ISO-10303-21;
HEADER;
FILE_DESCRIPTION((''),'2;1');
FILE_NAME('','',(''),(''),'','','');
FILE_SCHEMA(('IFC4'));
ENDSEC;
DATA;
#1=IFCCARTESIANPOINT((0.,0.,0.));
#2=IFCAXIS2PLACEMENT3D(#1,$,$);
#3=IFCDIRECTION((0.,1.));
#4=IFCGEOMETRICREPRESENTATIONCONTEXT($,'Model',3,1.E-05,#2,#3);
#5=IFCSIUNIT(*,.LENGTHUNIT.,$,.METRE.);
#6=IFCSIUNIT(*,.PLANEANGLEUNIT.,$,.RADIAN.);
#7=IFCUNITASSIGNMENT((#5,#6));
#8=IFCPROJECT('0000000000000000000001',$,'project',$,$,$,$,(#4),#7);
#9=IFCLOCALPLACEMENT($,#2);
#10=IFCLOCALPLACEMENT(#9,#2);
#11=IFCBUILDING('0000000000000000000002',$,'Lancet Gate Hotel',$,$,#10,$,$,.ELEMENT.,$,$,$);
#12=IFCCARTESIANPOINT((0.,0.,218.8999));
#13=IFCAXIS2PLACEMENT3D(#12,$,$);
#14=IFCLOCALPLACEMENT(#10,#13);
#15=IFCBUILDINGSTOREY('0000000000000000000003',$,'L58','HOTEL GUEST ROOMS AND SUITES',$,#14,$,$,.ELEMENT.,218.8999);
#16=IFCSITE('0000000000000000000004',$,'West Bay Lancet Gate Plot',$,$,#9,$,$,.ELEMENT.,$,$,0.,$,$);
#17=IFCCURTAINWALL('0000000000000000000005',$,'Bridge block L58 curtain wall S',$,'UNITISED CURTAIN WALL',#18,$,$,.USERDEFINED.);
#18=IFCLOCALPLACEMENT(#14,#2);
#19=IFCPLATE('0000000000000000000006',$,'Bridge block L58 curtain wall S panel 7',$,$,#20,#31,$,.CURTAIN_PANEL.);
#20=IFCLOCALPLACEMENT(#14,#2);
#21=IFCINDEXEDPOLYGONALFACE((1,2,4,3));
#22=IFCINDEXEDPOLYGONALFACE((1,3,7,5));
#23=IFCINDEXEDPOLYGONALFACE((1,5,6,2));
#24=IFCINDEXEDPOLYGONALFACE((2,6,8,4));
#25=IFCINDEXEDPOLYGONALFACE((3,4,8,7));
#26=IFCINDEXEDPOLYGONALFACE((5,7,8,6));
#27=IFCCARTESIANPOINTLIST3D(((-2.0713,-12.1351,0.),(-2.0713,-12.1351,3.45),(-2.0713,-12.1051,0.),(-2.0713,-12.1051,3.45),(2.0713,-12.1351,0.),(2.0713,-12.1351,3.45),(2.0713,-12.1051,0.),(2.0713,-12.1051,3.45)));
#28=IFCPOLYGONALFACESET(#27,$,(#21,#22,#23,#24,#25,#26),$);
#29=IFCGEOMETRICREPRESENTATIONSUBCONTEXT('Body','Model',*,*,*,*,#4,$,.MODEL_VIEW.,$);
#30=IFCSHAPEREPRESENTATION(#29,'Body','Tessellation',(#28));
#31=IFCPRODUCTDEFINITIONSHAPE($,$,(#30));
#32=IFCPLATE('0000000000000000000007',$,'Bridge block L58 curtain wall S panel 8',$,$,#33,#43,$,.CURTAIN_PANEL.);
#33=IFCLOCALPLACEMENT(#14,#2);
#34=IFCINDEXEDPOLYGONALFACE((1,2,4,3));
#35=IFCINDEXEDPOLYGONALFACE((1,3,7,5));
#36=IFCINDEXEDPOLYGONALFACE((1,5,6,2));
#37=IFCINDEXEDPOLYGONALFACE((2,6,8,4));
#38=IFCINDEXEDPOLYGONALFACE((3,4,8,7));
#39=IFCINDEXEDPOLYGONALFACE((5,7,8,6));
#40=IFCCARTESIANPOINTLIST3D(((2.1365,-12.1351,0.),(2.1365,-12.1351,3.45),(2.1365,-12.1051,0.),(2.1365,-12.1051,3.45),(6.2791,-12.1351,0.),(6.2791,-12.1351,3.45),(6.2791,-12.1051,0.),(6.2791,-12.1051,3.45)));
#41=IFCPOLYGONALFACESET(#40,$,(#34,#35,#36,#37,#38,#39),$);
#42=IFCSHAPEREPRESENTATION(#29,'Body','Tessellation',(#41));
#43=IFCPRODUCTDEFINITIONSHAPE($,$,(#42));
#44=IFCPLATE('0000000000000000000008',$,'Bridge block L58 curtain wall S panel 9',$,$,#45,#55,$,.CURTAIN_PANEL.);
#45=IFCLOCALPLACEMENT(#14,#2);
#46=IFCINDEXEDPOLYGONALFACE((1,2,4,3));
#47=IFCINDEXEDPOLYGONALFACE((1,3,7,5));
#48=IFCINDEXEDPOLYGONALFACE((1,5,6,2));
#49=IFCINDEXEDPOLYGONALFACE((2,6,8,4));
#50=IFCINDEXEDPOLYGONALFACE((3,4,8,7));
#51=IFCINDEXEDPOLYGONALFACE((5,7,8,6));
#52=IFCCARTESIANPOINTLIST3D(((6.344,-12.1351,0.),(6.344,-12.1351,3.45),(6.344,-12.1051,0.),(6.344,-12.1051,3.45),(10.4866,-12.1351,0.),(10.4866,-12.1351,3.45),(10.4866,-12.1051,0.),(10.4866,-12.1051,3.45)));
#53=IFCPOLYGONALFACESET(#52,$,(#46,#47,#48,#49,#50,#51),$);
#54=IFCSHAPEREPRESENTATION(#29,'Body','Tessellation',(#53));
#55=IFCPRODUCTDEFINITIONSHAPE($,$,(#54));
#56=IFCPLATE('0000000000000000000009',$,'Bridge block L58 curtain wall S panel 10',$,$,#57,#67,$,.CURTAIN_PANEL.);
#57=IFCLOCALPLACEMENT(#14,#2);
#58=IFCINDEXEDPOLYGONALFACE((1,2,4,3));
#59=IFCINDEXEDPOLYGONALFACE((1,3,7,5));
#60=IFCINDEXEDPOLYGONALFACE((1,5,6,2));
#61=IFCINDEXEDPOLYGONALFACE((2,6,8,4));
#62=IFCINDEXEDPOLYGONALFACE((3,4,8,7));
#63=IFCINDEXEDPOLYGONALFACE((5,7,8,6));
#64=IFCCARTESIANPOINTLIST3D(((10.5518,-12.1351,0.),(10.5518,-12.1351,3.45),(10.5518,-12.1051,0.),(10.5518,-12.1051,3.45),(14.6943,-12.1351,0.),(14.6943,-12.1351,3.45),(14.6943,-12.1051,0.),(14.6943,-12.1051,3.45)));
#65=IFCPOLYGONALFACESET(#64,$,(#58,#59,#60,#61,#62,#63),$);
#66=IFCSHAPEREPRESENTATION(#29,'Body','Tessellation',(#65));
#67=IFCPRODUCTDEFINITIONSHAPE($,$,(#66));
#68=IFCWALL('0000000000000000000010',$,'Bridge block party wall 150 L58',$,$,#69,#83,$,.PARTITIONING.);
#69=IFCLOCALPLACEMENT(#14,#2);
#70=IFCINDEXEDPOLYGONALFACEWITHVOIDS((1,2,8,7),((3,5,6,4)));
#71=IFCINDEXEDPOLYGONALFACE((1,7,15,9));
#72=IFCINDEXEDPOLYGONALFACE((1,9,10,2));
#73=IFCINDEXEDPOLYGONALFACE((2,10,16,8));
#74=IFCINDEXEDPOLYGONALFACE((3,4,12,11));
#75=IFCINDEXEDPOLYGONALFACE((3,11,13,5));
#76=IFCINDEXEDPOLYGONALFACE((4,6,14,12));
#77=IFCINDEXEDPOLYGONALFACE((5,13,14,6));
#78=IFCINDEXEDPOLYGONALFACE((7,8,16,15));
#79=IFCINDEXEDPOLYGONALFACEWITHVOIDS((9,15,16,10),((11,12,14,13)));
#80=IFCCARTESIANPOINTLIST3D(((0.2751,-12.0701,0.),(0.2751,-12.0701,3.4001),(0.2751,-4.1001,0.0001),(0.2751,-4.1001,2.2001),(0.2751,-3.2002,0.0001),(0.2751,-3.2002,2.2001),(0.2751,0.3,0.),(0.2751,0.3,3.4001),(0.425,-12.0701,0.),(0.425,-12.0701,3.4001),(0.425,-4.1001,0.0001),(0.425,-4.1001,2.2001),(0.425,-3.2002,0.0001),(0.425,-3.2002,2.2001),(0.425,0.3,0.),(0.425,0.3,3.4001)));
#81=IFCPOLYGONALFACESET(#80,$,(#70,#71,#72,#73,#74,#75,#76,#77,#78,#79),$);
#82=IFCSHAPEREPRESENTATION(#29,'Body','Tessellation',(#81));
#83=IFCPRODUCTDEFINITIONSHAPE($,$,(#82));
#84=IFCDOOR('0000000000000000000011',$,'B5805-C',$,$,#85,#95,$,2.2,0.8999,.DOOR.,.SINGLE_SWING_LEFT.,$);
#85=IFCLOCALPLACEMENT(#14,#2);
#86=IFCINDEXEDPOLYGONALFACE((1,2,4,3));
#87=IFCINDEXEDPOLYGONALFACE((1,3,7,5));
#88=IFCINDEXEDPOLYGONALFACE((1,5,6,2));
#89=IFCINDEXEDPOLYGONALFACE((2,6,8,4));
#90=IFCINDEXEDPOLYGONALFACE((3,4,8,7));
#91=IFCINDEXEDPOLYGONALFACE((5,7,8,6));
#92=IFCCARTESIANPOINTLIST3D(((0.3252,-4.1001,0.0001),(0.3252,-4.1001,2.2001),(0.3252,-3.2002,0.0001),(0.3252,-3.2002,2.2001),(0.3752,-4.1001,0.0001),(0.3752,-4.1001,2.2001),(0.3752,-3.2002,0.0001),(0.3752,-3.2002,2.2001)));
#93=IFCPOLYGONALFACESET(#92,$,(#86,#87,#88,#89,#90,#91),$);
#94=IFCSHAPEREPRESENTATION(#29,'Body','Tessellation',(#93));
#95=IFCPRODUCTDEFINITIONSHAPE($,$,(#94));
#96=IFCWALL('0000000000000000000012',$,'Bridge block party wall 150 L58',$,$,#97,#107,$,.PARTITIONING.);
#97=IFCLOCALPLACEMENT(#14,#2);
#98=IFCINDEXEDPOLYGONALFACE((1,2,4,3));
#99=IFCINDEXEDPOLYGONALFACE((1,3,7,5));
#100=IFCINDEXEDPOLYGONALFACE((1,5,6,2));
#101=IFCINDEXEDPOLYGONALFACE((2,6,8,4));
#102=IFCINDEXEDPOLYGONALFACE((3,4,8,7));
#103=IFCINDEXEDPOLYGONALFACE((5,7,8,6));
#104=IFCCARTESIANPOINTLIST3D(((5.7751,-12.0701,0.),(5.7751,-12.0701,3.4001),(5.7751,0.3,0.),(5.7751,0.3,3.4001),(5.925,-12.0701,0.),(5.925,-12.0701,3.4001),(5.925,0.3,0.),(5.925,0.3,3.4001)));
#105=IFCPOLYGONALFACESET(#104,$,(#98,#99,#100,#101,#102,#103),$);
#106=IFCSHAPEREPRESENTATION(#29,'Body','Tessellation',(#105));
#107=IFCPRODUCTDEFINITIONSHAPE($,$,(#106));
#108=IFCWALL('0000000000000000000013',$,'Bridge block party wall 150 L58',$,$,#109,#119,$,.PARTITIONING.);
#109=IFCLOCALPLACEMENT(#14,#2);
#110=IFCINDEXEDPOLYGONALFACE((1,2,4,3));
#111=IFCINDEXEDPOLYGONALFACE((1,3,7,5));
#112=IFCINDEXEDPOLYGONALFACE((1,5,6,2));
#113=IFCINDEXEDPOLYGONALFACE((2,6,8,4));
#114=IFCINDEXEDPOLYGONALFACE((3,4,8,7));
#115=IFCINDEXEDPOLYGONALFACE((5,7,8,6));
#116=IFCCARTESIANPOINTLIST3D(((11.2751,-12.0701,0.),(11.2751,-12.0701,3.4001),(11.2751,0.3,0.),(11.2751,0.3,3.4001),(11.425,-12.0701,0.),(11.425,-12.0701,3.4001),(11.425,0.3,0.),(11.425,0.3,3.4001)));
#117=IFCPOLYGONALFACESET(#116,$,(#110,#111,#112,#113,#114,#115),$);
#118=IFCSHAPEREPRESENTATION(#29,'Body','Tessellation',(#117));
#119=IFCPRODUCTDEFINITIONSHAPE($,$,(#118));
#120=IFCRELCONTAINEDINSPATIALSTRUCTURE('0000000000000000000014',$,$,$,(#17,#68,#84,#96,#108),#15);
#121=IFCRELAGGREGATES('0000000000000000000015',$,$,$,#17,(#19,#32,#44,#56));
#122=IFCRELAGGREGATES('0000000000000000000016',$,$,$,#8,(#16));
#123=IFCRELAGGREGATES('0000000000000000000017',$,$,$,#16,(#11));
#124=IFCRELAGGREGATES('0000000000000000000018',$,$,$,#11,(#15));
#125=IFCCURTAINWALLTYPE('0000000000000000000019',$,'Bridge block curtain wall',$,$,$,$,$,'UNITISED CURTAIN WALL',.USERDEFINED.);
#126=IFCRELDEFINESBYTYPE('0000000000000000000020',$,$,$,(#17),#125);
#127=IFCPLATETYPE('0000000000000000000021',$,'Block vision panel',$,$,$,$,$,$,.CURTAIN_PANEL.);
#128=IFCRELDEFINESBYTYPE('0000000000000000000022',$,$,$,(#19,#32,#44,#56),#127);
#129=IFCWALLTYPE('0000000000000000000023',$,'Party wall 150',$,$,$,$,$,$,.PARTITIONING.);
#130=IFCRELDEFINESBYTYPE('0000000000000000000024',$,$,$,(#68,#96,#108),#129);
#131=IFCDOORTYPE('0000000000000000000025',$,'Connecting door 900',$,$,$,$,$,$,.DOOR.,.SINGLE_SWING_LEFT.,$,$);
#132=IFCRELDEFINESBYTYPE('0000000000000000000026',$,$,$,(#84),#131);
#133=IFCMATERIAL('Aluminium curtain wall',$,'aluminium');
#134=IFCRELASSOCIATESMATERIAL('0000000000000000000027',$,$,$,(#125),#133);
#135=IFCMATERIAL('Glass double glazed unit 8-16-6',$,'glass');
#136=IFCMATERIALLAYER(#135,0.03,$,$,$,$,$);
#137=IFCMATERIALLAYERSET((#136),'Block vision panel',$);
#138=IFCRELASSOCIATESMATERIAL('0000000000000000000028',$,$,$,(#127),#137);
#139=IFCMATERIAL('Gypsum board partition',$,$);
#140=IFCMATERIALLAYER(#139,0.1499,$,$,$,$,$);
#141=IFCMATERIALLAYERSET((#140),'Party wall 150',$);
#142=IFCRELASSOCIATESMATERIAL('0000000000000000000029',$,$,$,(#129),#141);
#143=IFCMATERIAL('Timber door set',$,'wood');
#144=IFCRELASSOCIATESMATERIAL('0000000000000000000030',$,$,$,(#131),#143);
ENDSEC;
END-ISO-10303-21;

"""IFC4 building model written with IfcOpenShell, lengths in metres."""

from ifc_helpers import new_model, si_unit, direction, frame, frame_2d, origin, origin_2d, place, context, subcontext, project, spatial, rectangle, extrude, material, layer, layer_set, type_object, element, fill, aggregate, save


model = new_model("IFC4")

# Units and contexts
model_context = context("Model", 3, precision=1e-05, world=origin(), true_north=direction((0.0, 1.0)))
body_context = subcontext(model_context, "Body", "Model", "MODEL_VIEW")
ifc_project = project(units=[si_unit("LENGTHUNIT", "METRE"), si_unit("PLANEANGLEUNIT", "RADIAN")], contexts=[model_context])

# Site, building, storey
site_placement = place(None, origin())
site = spatial("IfcSite", under=ifc_project, at=site_placement, Name="West Bay Lancet Gate Plot", CompositionType="ELEMENT", RefElevation=0.0)
building_placement = place(site_placement, origin())
building = spatial("IfcBuilding", under=site, at=building_placement, Name="Lancet Gate Hotel", CompositionType="ELEMENT")
storey_placement = place(building_placement, frame((0.0, 0.0, 218.8999)))
storey = spatial("IfcBuildingStorey", under=building, at=storey_placement, Name="L58", Description="HOTEL GUEST ROOMS AND SUITES", CompositionType="ELEMENT", Elevation=218.8999)

# Curtain wall
ifc_material_1 = material(Name="Aluminium curtain wall", Category="aluminium")
curtain_wall_type = type_object("IfcCurtainWallType", Name="Bridge block curtain wall", ElementType="UNITISED CURTAIN WALL", PredefinedType="USERDEFINED", material=ifc_material_1)
curtain_wall_placement = place(storey_placement, origin())
curtain_wall = element("IfcCurtainWall", 1, at=curtain_wall_placement, inside=storey, type_object=curtain_wall_type, Name="Bridge block L58 curtain wall S", ObjectType="UNITISED CURTAIN WALL", PredefinedType="USERDEFINED")

# Plates
ifc_material_2 = material(Name="Glass double glazed unit 8-16-6", Category="glass")
ifc_layer_1 = layer(ifc_material_2, 0.03)
ifc_layer_set_1 = layer_set([ifc_layer_1], Name="Block vision panel")
plate_type = type_object("IfcPlateType", Name="Block vision panel", PredefinedType="CURTAIN_PANEL", material=ifc_layer_set_1)
plate_1_placement = place(storey_placement, frame((0.0, -12.1201, 0.0), z_axis=(0.0, 0.0, 1.0), x_axis=(1.0, 0.0, 0.0)))
plate_1 = element("IfcPlate", 2, at=plate_1_placement, type_object=plate_type, Name="Bridge block L58 curtain wall S panel 7", PredefinedType="CURTAIN_PANEL", context=body_context, shape_type="SweptSolid", body=[
    extrude(rectangle(XDim=4.1426, YDim=0.03, at=origin_2d()), origin(), (0.0, 0.0, 1.0), 3.45),
])
plate_2_placement = place(storey_placement, frame((4.2078, -12.1201, 0.0), z_axis=(0.0, 0.0, 1.0), x_axis=(1.0, 0.0, 0.0)))
plate_2 = element("IfcPlate", 3, at=plate_2_placement, type_object=plate_type, Name="Bridge block L58 curtain wall S panel 8", PredefinedType="CURTAIN_PANEL", context=body_context, shape_type="SweptSolid", body=[
    extrude(rectangle(XDim=4.1426, YDim=0.03, at=origin_2d()), origin(), (0.0, 0.0, 1.0), 3.45),
])
plate_3_placement = place(storey_placement, frame((8.4153, -12.1201, 0.0), z_axis=(0.0, 0.0, 1.0), x_axis=(1.0, 0.0, 0.0)))
plate_3 = element("IfcPlate", 4, at=plate_3_placement, type_object=plate_type, Name="Bridge block L58 curtain wall S panel 9", PredefinedType="CURTAIN_PANEL", context=body_context, shape_type="SweptSolid", body=[
    extrude(rectangle(XDim=4.1426, YDim=0.03, at=origin_2d()), origin(), (0.0, 0.0, 1.0), 3.45),
])
plate_4_placement = place(storey_placement, frame((12.623, -12.1201, 0.0), z_axis=(0.0, 0.0, 1.0), x_axis=(1.0, 0.0, 0.0)))
plate_4 = element("IfcPlate", 5, at=plate_4_placement, type_object=plate_type, Name="Bridge block L58 curtain wall S panel 10", PredefinedType="CURTAIN_PANEL", context=body_context, shape_type="SweptSolid", body=[
    extrude(rectangle(XDim=4.1426, YDim=0.03, at=origin_2d()), origin(), (0.0, 0.0, 1.0), 3.45),
])
aggregate(curtain_wall, [plate_1, plate_2, plate_3, plate_4])

# Wall, opening, door
ifc_material_3 = material(Name="Gypsum board partition")
ifc_layer_2 = layer(ifc_material_3, 0.1499)
ifc_layer_set_2 = layer_set([ifc_layer_2], Name="Party wall 150")
wall_type = type_object("IfcWallType", Name="Party wall 150", PredefinedType="PARTITIONING", material=ifc_layer_set_2)
wall_placement = place(storey_placement, frame((0.3501, -12.0701, 0.0), z_axis=(0.0, 0.0, 1.0), x_axis=(0.0, 1.0, 0.0)))
wall = element("IfcWall", 6, at=wall_placement, inside=storey, type_object=wall_type, Name="Bridge block party wall 150 L58", PredefinedType="PARTITIONING", context=body_context, shape_type="SweptSolid", body=[
    extrude(rectangle(XDim=12.3701, YDim=0.1499, at=frame_2d((6.1851, 0.0))), origin(), (0.0, 0.0, 1.0), 3.4001),
])
opening_placement = place(wall_placement, frame((7.97, 0.0, 0.0)))
opening = element("IfcOpeningElement", 7, at=opening_placement, cuts=wall, PredefinedType="OPENING", context=body_context, shape_type="SweptSolid", body=[
    extrude(rectangle(XDim=0.8999, YDim=2.2, at=frame_2d((0.45, 1.1001))), frame((0.0, 0.085, 0.0), z_axis=(0.0, -1.0, 0.0), x_axis=(1.0, 0.0, 0.0)), (0.0, 0.0, 1.0), 0.1699),
])
ifc_material_4 = material(Name="Timber door set", Category="wood")
door_type = type_object("IfcDoorType", Name="Connecting door 900", OperationType="SINGLE_SWING_LEFT", PredefinedType="DOOR", material=ifc_material_4)
door_placement = place(opening_placement, origin())
door = element("IfcDoor", 8, at=door_placement, inside=storey, type_object=door_type, Name="B5805-C", OperationType="SINGLE_SWING_LEFT", OverallHeight=2.2, OverallWidth=0.8999, PredefinedType="DOOR", context=body_context, shape_type="SweptSolid", body=[
    extrude(rectangle(XDim=0.8999, YDim=2.2, at=frame_2d((0.45, 1.1001))), frame((0.0, 0.0249, 0.0), z_axis=(0.0, -1.0, 0.0), x_axis=(1.0, 0.0, 0.0)), (0.0, 0.0, 1.0), 0.05),
])
fill(opening, door)

# Walls
for number, where, z_axis, x_axis, name in (
    (9, (5.8501, -12.0701, 0.0), (0.0, 0.0, 1.0), (0.0, 1.0, 0.0), "Bridge block party wall 150 L58"),
    (10, (11.3501, -12.0701, 0.0), (0.0, 0.0, 1.0), (0.0, 1.0, 0.0), "Bridge block party wall 150 L58"),
):
    element("IfcWall", number, at=place(storey_placement, frame(where, z_axis=z_axis, x_axis=x_axis)), inside=storey, type_object=wall_type, Name=name, PredefinedType="PARTITIONING", context=body_context, shape_type="SweptSolid", body=[
        extrude(rectangle(XDim=12.3701, YDim=0.1499, at=frame_2d((6.1851, 0.0))), origin(), (0.0, 0.0, 1.0), 3.4001),
    ])

save(model, "model.ifc")
